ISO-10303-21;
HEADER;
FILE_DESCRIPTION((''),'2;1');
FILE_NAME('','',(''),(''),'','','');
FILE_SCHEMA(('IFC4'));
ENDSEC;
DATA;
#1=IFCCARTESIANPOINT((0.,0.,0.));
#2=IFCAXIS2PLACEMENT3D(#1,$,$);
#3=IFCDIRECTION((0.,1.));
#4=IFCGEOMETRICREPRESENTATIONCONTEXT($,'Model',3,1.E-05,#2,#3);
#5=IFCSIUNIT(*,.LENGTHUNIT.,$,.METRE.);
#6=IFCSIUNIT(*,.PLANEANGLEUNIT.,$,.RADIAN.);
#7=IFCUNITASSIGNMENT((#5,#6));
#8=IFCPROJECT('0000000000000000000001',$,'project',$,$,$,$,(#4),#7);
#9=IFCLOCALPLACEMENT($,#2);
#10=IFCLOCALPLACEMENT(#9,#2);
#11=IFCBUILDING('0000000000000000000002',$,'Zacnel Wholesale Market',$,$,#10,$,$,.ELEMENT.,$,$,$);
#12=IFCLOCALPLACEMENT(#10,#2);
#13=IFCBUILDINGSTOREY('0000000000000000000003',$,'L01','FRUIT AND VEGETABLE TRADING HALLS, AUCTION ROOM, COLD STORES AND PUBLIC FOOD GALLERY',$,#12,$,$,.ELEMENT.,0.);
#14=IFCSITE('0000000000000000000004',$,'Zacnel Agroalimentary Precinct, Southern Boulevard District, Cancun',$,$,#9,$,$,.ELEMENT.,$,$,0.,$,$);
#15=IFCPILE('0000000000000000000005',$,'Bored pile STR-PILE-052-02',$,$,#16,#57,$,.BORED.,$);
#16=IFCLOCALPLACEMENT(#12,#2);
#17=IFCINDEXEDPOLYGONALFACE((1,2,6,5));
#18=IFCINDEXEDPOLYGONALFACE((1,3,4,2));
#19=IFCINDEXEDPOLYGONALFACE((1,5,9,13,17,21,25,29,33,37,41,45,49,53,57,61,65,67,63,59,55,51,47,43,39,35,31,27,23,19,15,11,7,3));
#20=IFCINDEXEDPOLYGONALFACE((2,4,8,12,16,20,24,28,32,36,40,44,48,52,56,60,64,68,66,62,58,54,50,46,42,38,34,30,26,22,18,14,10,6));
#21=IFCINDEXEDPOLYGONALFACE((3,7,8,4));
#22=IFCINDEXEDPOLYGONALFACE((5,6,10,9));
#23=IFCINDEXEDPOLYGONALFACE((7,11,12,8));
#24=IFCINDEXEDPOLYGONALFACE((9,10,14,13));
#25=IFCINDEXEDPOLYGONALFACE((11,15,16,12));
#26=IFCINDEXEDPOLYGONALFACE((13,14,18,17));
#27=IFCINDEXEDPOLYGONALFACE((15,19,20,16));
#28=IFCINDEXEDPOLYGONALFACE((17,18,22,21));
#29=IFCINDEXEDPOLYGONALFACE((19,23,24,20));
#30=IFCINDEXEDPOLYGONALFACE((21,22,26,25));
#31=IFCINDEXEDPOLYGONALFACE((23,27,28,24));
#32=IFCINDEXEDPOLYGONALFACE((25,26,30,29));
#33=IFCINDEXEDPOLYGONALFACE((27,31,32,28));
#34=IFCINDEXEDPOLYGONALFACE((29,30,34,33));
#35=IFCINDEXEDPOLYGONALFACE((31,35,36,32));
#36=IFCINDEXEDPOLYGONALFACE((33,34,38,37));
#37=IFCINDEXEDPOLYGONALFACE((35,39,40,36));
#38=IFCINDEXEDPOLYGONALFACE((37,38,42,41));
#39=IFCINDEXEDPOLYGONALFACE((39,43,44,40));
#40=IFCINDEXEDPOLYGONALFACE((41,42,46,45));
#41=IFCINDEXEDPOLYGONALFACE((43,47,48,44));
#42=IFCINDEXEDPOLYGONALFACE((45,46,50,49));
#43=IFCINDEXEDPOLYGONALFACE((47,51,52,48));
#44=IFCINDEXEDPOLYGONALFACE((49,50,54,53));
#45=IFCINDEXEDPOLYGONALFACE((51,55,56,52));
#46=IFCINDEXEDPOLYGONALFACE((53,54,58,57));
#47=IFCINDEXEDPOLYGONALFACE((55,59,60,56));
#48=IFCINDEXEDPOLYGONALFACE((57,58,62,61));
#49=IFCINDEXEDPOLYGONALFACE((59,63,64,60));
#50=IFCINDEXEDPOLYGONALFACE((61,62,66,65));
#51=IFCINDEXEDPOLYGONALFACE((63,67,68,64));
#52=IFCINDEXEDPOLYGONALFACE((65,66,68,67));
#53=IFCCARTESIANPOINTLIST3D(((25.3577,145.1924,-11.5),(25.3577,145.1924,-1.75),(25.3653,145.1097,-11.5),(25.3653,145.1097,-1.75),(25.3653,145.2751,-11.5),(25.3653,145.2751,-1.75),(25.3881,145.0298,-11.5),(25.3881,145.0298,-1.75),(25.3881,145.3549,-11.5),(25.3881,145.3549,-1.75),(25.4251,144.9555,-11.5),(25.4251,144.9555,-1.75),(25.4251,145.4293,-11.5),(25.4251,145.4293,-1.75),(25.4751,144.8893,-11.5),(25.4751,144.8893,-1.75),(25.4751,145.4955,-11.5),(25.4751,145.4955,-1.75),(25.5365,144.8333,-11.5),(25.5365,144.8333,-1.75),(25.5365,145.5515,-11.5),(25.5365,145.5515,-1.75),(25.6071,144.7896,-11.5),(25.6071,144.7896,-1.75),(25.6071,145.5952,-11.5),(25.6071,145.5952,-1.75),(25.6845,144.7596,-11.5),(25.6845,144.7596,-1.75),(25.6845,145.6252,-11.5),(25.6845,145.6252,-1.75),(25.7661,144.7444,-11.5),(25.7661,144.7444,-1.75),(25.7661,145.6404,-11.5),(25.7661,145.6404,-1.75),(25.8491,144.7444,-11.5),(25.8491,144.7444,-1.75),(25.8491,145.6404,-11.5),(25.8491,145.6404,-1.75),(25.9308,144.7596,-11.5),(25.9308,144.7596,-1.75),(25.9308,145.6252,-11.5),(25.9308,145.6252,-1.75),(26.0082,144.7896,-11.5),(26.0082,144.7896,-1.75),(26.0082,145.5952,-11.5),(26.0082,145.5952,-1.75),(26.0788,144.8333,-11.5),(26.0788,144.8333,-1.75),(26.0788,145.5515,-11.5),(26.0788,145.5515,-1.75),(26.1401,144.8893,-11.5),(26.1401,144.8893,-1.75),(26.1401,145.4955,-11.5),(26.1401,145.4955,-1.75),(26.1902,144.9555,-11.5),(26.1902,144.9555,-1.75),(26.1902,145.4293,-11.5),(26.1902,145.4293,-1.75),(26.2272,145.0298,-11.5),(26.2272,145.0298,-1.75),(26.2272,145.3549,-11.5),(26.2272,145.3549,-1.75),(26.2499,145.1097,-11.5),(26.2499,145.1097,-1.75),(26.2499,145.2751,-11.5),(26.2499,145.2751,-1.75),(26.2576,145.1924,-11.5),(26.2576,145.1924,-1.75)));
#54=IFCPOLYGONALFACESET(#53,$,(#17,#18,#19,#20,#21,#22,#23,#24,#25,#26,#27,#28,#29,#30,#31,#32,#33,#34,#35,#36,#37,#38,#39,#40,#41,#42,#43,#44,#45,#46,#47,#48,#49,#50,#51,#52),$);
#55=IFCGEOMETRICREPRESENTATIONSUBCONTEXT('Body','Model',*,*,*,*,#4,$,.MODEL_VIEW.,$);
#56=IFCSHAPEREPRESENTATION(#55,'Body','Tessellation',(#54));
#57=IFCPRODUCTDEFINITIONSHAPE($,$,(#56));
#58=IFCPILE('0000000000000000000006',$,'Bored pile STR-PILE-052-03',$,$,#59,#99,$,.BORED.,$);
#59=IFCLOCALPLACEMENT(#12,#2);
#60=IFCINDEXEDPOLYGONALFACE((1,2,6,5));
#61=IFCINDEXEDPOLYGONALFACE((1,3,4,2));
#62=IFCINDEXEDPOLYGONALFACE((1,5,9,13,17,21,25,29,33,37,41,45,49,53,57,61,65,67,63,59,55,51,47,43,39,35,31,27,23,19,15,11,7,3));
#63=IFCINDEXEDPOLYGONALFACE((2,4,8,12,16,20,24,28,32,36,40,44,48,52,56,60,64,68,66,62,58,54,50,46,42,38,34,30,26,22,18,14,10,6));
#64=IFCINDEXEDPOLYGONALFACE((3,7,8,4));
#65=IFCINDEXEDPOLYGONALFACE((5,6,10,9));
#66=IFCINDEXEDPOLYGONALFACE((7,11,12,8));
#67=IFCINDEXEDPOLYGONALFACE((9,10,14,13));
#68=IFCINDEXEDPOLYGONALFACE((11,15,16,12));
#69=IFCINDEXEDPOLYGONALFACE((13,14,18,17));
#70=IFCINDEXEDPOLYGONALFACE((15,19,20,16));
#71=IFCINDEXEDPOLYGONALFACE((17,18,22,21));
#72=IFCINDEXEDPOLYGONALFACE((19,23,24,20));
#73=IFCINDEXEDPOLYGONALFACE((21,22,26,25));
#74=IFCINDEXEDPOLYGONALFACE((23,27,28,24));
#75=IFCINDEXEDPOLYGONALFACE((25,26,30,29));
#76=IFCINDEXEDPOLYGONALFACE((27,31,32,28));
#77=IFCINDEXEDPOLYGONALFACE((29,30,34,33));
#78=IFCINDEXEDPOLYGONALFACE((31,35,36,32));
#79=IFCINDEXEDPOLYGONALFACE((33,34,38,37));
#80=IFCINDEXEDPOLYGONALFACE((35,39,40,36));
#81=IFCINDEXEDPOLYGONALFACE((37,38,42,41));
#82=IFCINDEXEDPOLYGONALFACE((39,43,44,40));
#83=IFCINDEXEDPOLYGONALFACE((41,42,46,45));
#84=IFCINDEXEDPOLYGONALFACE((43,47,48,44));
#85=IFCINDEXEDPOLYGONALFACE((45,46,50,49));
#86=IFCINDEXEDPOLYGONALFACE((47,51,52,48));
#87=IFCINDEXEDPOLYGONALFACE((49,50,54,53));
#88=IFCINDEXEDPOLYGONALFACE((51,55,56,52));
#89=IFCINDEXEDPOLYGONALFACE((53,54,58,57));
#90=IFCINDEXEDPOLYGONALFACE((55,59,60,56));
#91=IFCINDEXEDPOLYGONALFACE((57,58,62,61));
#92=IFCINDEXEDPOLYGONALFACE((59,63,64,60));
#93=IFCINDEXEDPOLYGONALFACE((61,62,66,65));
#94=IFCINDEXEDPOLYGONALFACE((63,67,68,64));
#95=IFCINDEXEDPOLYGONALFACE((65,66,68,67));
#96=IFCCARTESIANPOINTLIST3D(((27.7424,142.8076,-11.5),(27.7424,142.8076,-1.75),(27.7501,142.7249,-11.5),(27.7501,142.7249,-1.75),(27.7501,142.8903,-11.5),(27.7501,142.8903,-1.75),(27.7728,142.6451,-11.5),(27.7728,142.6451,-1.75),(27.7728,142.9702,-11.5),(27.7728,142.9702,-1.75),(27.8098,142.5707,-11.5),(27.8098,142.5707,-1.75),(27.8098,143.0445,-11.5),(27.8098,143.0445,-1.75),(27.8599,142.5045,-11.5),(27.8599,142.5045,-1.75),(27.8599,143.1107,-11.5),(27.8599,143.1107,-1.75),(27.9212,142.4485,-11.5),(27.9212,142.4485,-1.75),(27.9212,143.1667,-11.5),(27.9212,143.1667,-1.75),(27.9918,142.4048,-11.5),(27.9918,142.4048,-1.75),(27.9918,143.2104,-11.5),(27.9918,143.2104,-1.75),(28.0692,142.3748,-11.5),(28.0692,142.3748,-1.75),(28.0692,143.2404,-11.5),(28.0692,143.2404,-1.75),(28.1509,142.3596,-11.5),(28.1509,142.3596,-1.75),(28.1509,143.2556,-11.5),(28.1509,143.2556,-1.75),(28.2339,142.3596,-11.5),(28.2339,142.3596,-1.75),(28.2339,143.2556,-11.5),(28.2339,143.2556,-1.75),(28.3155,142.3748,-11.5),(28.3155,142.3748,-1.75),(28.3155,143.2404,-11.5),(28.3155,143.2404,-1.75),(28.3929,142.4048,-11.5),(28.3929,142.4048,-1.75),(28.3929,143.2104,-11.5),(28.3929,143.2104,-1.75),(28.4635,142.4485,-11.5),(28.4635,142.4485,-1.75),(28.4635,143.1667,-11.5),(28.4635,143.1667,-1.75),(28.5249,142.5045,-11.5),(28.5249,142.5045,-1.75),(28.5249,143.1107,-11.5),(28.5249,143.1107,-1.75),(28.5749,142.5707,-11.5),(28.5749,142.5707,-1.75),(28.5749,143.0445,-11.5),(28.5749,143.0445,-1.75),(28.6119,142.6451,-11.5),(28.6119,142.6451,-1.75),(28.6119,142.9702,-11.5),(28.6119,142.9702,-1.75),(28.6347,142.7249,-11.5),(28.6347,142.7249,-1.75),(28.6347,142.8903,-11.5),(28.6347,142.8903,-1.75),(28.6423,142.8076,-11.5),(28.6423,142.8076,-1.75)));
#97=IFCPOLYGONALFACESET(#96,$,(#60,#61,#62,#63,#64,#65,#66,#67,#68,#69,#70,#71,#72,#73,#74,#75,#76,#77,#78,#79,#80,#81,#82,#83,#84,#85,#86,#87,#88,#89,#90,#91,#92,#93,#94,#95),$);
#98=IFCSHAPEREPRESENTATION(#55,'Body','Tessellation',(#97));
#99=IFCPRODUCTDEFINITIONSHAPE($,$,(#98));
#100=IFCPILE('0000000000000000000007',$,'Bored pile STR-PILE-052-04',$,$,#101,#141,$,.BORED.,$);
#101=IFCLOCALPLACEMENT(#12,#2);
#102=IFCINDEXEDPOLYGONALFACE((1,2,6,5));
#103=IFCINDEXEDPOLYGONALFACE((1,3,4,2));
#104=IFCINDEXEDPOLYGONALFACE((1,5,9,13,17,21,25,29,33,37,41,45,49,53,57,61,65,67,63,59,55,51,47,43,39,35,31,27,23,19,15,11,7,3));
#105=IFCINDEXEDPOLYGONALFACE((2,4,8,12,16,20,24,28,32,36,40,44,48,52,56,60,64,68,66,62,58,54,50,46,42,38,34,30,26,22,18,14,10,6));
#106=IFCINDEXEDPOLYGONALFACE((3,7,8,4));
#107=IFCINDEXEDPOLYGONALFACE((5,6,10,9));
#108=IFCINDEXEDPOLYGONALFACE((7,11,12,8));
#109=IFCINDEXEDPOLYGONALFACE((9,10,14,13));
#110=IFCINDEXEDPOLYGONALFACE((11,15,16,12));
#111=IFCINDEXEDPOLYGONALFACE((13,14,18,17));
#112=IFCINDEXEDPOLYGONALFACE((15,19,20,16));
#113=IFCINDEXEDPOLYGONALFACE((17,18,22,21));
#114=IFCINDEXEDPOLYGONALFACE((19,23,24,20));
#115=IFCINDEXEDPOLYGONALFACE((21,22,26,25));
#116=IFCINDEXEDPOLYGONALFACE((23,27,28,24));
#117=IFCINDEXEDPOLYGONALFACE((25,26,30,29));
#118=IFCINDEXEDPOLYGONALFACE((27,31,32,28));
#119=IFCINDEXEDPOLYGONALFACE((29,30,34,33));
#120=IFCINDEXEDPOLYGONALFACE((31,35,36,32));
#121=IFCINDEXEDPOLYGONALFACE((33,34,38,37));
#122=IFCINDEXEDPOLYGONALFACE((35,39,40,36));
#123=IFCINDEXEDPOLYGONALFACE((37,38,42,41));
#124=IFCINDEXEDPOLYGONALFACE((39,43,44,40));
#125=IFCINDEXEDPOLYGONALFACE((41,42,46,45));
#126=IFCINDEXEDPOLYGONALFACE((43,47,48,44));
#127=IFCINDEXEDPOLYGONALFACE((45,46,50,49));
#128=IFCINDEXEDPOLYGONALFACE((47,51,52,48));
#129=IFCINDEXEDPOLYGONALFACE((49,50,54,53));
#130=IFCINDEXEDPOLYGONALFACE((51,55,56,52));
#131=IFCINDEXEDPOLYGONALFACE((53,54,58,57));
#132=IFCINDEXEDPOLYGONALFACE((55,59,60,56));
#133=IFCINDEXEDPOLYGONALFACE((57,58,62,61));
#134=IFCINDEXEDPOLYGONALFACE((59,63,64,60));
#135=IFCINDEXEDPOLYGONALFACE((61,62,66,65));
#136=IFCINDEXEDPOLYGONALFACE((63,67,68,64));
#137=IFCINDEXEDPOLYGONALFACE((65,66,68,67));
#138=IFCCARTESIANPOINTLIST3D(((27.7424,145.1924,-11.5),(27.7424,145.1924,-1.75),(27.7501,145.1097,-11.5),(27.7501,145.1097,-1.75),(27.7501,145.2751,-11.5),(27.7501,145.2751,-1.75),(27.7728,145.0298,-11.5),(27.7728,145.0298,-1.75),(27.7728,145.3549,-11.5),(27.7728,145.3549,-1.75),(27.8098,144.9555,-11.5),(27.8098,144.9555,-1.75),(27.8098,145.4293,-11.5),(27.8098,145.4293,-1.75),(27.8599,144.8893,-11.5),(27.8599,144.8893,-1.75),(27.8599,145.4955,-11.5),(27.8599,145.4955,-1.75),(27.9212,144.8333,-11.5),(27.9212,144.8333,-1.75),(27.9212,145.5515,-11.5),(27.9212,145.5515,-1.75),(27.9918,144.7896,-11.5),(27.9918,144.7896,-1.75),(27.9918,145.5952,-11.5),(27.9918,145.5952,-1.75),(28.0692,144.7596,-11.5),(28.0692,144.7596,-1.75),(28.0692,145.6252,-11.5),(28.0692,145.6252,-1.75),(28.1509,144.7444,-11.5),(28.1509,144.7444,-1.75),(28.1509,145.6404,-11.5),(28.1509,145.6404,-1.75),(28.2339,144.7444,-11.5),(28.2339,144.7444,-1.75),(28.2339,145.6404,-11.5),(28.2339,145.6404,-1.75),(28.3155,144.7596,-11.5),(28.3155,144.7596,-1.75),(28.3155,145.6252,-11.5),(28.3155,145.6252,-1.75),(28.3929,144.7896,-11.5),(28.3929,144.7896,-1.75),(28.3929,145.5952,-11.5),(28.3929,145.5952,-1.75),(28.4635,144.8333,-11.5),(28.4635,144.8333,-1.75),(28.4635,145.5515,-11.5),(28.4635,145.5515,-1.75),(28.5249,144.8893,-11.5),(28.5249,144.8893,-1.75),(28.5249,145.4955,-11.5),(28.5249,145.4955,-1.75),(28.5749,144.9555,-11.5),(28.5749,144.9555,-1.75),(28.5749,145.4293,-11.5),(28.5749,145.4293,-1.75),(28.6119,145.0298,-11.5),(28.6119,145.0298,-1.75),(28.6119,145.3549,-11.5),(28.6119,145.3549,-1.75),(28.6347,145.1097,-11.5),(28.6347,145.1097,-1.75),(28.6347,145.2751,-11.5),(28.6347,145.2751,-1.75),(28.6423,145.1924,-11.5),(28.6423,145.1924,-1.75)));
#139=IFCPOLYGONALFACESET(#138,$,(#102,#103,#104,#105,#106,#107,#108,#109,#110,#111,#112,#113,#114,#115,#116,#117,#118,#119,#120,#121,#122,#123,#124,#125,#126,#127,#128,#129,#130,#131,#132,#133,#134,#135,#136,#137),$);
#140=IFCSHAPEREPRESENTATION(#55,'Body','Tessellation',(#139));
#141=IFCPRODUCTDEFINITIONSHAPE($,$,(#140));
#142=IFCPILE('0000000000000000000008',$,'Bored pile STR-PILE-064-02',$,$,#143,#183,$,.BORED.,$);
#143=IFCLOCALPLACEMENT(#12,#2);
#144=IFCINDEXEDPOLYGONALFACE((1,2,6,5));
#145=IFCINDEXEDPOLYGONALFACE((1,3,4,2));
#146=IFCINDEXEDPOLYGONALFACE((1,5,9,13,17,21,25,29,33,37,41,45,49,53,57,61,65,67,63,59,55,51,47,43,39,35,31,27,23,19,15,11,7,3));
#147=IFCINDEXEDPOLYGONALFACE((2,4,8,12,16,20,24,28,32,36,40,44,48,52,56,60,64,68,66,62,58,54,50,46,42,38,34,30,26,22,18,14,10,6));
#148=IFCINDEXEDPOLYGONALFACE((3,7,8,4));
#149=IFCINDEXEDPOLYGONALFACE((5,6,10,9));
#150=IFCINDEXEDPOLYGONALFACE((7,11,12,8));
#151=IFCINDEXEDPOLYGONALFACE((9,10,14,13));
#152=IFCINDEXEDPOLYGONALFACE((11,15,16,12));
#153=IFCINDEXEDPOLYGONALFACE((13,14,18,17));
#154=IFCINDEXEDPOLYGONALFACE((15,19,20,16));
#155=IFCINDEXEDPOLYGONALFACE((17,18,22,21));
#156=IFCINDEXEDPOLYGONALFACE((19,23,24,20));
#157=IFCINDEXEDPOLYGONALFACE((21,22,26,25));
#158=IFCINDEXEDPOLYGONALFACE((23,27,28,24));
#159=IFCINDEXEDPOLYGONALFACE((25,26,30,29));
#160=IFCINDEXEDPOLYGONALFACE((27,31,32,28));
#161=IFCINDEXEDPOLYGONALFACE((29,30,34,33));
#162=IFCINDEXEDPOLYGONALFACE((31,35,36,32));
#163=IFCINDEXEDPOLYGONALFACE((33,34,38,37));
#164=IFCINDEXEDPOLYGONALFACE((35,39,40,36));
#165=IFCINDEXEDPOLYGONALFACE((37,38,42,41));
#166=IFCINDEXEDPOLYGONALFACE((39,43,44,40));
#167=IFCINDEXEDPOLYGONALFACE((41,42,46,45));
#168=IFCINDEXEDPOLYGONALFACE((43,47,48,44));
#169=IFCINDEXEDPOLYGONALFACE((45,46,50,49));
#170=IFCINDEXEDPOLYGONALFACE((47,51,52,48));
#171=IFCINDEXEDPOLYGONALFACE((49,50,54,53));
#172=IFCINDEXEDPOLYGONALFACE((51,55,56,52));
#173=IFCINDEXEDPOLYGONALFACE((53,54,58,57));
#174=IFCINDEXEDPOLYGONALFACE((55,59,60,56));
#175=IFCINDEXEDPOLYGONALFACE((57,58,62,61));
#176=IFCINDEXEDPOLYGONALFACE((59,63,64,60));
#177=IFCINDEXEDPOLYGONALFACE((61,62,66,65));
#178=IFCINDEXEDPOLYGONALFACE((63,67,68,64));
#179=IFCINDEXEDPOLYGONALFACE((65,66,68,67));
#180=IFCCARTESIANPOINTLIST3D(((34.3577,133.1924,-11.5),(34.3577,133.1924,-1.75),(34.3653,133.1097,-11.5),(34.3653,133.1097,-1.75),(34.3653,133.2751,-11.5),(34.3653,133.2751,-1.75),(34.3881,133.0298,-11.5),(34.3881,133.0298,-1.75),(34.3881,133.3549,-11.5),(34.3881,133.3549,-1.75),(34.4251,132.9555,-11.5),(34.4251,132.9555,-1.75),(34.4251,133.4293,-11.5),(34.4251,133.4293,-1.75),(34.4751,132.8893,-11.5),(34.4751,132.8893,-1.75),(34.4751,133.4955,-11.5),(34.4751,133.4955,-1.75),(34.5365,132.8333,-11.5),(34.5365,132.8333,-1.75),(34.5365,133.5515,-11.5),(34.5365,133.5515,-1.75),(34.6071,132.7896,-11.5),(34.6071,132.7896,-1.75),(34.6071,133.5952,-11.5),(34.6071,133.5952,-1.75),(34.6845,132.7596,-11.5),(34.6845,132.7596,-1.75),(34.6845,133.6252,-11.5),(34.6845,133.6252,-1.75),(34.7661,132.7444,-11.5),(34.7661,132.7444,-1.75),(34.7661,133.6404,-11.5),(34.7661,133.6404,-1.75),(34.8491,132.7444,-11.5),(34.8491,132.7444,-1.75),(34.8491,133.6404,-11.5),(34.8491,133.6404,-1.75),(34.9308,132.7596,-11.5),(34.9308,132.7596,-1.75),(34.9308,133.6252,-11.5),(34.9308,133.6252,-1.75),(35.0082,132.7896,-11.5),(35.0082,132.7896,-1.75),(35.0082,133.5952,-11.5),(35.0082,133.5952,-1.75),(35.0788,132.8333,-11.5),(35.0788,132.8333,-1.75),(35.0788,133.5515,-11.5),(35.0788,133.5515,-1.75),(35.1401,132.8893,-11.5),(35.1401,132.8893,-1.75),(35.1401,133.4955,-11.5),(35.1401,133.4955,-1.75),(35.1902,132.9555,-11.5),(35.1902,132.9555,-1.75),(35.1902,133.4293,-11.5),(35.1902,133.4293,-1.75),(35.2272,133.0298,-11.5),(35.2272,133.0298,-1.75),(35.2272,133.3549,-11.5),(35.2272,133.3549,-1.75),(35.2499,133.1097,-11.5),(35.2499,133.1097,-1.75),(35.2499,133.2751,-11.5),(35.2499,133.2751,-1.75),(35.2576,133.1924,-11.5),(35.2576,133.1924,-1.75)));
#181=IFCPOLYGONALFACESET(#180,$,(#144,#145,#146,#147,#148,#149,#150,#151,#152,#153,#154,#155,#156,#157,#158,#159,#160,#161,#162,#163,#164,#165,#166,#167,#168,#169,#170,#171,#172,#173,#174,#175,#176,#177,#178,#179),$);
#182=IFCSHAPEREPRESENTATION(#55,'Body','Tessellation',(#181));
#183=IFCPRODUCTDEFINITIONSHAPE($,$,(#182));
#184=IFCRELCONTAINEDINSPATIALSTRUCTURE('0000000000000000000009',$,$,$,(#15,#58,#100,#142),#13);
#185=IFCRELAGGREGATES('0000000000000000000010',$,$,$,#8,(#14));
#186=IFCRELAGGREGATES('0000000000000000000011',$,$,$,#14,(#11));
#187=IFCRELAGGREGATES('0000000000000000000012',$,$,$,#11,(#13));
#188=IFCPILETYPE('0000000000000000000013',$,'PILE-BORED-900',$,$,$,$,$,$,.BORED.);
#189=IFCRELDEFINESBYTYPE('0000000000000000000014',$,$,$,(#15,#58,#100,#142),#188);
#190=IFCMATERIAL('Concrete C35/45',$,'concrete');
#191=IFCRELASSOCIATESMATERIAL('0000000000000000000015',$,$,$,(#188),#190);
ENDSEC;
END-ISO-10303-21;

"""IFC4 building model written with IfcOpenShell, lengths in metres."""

from ifc_helpers import new_model, si_unit, direction, frame, origin, origin_2d, place, context, subcontext, project, spatial, circle, extrude, material, material_profile, profile_set, type_object, element, save


model = new_model("IFC4")

# Units and contexts
model_context = context("Model", 3, precision=1e-05, world=origin(), true_north=direction((0.0, 1.0)))
body_context = subcontext(model_context, "Body", "Model", "MODEL_VIEW")
ifc_project = project(units=[si_unit("LENGTHUNIT", "METRE"), si_unit("PLANEANGLEUNIT", "RADIAN")], contexts=[model_context])

# Site, building, storey
site_placement = place(None, origin())
site = spatial("IfcSite", under=ifc_project, at=site_placement, Name="Zacnel Agroalimentary Precinct, Southern Boulevard District, Cancun", CompositionType="ELEMENT", RefElevation=0.0)
building_placement = place(site_placement, origin())
building = spatial("IfcBuilding", under=site, at=building_placement, Name="Zacnel Wholesale Market", CompositionType="ELEMENT")
storey_placement = place(building_placement, origin())
storey = spatial("IfcBuildingStorey", under=building, at=storey_placement, Name="L01", Description="FRUIT AND VEGETABLE TRADING HALLS, AUCTION ROOM, COLD STORES AND PUBLIC FOOD GALLERY", CompositionType="ELEMENT", Elevation=0.0)

# Piles
ifc_material_1 = material(Name="Concrete C35/45", Category="concrete")
ifc_material_profile_1 = material_profile(ifc_material_1, circle(Radius=0.45, at=origin_2d()), Name="BORED PILE D900")
ifc_profile_set_1 = profile_set([ifc_material_profile_1], Name="Concrete C35/45")
pile_type = type_object("IfcPileType", Name="PILE-BORED-900", PredefinedType="BORED", material=ifc_profile_set_1)
for number, where, z_axis, x_axis, name in (
    (1, (25.8076, 145.1924, -1.75), (0.0, 0.0, -1.0), (1.0, 0.0, 0.0), "Bored pile STR-PILE-052-02"),
    (2, (28.1924, 142.8076, -1.75), (0.0, 0.0, -1.0), (1.0, 0.0, 0.0), "Bored pile STR-PILE-052-03"),
    (3, (28.1924, 145.1924, -1.75), (0.0, 0.0, -1.0), (1.0, 0.0, 0.0), "Bored pile STR-PILE-052-04"),
    (4, (34.8076, 133.1924, -1.75), (0.0, 0.0, -1.0), (1.0, 0.0, 0.0), "Bored pile STR-PILE-064-02"),
):
    element("IfcPile", number, at=place(storey_placement, frame(where, z_axis=z_axis, x_axis=x_axis)), inside=storey, type_object=pile_type, Name=name, PredefinedType="BORED", context=body_context, shape_type="SweptSolid", body=[
        extrude(circle(Radius=0.45, at=origin_2d()), origin(), (0.0, 0.0, 1.0), 9.75),
    ])

save(model, "model.ifc")
